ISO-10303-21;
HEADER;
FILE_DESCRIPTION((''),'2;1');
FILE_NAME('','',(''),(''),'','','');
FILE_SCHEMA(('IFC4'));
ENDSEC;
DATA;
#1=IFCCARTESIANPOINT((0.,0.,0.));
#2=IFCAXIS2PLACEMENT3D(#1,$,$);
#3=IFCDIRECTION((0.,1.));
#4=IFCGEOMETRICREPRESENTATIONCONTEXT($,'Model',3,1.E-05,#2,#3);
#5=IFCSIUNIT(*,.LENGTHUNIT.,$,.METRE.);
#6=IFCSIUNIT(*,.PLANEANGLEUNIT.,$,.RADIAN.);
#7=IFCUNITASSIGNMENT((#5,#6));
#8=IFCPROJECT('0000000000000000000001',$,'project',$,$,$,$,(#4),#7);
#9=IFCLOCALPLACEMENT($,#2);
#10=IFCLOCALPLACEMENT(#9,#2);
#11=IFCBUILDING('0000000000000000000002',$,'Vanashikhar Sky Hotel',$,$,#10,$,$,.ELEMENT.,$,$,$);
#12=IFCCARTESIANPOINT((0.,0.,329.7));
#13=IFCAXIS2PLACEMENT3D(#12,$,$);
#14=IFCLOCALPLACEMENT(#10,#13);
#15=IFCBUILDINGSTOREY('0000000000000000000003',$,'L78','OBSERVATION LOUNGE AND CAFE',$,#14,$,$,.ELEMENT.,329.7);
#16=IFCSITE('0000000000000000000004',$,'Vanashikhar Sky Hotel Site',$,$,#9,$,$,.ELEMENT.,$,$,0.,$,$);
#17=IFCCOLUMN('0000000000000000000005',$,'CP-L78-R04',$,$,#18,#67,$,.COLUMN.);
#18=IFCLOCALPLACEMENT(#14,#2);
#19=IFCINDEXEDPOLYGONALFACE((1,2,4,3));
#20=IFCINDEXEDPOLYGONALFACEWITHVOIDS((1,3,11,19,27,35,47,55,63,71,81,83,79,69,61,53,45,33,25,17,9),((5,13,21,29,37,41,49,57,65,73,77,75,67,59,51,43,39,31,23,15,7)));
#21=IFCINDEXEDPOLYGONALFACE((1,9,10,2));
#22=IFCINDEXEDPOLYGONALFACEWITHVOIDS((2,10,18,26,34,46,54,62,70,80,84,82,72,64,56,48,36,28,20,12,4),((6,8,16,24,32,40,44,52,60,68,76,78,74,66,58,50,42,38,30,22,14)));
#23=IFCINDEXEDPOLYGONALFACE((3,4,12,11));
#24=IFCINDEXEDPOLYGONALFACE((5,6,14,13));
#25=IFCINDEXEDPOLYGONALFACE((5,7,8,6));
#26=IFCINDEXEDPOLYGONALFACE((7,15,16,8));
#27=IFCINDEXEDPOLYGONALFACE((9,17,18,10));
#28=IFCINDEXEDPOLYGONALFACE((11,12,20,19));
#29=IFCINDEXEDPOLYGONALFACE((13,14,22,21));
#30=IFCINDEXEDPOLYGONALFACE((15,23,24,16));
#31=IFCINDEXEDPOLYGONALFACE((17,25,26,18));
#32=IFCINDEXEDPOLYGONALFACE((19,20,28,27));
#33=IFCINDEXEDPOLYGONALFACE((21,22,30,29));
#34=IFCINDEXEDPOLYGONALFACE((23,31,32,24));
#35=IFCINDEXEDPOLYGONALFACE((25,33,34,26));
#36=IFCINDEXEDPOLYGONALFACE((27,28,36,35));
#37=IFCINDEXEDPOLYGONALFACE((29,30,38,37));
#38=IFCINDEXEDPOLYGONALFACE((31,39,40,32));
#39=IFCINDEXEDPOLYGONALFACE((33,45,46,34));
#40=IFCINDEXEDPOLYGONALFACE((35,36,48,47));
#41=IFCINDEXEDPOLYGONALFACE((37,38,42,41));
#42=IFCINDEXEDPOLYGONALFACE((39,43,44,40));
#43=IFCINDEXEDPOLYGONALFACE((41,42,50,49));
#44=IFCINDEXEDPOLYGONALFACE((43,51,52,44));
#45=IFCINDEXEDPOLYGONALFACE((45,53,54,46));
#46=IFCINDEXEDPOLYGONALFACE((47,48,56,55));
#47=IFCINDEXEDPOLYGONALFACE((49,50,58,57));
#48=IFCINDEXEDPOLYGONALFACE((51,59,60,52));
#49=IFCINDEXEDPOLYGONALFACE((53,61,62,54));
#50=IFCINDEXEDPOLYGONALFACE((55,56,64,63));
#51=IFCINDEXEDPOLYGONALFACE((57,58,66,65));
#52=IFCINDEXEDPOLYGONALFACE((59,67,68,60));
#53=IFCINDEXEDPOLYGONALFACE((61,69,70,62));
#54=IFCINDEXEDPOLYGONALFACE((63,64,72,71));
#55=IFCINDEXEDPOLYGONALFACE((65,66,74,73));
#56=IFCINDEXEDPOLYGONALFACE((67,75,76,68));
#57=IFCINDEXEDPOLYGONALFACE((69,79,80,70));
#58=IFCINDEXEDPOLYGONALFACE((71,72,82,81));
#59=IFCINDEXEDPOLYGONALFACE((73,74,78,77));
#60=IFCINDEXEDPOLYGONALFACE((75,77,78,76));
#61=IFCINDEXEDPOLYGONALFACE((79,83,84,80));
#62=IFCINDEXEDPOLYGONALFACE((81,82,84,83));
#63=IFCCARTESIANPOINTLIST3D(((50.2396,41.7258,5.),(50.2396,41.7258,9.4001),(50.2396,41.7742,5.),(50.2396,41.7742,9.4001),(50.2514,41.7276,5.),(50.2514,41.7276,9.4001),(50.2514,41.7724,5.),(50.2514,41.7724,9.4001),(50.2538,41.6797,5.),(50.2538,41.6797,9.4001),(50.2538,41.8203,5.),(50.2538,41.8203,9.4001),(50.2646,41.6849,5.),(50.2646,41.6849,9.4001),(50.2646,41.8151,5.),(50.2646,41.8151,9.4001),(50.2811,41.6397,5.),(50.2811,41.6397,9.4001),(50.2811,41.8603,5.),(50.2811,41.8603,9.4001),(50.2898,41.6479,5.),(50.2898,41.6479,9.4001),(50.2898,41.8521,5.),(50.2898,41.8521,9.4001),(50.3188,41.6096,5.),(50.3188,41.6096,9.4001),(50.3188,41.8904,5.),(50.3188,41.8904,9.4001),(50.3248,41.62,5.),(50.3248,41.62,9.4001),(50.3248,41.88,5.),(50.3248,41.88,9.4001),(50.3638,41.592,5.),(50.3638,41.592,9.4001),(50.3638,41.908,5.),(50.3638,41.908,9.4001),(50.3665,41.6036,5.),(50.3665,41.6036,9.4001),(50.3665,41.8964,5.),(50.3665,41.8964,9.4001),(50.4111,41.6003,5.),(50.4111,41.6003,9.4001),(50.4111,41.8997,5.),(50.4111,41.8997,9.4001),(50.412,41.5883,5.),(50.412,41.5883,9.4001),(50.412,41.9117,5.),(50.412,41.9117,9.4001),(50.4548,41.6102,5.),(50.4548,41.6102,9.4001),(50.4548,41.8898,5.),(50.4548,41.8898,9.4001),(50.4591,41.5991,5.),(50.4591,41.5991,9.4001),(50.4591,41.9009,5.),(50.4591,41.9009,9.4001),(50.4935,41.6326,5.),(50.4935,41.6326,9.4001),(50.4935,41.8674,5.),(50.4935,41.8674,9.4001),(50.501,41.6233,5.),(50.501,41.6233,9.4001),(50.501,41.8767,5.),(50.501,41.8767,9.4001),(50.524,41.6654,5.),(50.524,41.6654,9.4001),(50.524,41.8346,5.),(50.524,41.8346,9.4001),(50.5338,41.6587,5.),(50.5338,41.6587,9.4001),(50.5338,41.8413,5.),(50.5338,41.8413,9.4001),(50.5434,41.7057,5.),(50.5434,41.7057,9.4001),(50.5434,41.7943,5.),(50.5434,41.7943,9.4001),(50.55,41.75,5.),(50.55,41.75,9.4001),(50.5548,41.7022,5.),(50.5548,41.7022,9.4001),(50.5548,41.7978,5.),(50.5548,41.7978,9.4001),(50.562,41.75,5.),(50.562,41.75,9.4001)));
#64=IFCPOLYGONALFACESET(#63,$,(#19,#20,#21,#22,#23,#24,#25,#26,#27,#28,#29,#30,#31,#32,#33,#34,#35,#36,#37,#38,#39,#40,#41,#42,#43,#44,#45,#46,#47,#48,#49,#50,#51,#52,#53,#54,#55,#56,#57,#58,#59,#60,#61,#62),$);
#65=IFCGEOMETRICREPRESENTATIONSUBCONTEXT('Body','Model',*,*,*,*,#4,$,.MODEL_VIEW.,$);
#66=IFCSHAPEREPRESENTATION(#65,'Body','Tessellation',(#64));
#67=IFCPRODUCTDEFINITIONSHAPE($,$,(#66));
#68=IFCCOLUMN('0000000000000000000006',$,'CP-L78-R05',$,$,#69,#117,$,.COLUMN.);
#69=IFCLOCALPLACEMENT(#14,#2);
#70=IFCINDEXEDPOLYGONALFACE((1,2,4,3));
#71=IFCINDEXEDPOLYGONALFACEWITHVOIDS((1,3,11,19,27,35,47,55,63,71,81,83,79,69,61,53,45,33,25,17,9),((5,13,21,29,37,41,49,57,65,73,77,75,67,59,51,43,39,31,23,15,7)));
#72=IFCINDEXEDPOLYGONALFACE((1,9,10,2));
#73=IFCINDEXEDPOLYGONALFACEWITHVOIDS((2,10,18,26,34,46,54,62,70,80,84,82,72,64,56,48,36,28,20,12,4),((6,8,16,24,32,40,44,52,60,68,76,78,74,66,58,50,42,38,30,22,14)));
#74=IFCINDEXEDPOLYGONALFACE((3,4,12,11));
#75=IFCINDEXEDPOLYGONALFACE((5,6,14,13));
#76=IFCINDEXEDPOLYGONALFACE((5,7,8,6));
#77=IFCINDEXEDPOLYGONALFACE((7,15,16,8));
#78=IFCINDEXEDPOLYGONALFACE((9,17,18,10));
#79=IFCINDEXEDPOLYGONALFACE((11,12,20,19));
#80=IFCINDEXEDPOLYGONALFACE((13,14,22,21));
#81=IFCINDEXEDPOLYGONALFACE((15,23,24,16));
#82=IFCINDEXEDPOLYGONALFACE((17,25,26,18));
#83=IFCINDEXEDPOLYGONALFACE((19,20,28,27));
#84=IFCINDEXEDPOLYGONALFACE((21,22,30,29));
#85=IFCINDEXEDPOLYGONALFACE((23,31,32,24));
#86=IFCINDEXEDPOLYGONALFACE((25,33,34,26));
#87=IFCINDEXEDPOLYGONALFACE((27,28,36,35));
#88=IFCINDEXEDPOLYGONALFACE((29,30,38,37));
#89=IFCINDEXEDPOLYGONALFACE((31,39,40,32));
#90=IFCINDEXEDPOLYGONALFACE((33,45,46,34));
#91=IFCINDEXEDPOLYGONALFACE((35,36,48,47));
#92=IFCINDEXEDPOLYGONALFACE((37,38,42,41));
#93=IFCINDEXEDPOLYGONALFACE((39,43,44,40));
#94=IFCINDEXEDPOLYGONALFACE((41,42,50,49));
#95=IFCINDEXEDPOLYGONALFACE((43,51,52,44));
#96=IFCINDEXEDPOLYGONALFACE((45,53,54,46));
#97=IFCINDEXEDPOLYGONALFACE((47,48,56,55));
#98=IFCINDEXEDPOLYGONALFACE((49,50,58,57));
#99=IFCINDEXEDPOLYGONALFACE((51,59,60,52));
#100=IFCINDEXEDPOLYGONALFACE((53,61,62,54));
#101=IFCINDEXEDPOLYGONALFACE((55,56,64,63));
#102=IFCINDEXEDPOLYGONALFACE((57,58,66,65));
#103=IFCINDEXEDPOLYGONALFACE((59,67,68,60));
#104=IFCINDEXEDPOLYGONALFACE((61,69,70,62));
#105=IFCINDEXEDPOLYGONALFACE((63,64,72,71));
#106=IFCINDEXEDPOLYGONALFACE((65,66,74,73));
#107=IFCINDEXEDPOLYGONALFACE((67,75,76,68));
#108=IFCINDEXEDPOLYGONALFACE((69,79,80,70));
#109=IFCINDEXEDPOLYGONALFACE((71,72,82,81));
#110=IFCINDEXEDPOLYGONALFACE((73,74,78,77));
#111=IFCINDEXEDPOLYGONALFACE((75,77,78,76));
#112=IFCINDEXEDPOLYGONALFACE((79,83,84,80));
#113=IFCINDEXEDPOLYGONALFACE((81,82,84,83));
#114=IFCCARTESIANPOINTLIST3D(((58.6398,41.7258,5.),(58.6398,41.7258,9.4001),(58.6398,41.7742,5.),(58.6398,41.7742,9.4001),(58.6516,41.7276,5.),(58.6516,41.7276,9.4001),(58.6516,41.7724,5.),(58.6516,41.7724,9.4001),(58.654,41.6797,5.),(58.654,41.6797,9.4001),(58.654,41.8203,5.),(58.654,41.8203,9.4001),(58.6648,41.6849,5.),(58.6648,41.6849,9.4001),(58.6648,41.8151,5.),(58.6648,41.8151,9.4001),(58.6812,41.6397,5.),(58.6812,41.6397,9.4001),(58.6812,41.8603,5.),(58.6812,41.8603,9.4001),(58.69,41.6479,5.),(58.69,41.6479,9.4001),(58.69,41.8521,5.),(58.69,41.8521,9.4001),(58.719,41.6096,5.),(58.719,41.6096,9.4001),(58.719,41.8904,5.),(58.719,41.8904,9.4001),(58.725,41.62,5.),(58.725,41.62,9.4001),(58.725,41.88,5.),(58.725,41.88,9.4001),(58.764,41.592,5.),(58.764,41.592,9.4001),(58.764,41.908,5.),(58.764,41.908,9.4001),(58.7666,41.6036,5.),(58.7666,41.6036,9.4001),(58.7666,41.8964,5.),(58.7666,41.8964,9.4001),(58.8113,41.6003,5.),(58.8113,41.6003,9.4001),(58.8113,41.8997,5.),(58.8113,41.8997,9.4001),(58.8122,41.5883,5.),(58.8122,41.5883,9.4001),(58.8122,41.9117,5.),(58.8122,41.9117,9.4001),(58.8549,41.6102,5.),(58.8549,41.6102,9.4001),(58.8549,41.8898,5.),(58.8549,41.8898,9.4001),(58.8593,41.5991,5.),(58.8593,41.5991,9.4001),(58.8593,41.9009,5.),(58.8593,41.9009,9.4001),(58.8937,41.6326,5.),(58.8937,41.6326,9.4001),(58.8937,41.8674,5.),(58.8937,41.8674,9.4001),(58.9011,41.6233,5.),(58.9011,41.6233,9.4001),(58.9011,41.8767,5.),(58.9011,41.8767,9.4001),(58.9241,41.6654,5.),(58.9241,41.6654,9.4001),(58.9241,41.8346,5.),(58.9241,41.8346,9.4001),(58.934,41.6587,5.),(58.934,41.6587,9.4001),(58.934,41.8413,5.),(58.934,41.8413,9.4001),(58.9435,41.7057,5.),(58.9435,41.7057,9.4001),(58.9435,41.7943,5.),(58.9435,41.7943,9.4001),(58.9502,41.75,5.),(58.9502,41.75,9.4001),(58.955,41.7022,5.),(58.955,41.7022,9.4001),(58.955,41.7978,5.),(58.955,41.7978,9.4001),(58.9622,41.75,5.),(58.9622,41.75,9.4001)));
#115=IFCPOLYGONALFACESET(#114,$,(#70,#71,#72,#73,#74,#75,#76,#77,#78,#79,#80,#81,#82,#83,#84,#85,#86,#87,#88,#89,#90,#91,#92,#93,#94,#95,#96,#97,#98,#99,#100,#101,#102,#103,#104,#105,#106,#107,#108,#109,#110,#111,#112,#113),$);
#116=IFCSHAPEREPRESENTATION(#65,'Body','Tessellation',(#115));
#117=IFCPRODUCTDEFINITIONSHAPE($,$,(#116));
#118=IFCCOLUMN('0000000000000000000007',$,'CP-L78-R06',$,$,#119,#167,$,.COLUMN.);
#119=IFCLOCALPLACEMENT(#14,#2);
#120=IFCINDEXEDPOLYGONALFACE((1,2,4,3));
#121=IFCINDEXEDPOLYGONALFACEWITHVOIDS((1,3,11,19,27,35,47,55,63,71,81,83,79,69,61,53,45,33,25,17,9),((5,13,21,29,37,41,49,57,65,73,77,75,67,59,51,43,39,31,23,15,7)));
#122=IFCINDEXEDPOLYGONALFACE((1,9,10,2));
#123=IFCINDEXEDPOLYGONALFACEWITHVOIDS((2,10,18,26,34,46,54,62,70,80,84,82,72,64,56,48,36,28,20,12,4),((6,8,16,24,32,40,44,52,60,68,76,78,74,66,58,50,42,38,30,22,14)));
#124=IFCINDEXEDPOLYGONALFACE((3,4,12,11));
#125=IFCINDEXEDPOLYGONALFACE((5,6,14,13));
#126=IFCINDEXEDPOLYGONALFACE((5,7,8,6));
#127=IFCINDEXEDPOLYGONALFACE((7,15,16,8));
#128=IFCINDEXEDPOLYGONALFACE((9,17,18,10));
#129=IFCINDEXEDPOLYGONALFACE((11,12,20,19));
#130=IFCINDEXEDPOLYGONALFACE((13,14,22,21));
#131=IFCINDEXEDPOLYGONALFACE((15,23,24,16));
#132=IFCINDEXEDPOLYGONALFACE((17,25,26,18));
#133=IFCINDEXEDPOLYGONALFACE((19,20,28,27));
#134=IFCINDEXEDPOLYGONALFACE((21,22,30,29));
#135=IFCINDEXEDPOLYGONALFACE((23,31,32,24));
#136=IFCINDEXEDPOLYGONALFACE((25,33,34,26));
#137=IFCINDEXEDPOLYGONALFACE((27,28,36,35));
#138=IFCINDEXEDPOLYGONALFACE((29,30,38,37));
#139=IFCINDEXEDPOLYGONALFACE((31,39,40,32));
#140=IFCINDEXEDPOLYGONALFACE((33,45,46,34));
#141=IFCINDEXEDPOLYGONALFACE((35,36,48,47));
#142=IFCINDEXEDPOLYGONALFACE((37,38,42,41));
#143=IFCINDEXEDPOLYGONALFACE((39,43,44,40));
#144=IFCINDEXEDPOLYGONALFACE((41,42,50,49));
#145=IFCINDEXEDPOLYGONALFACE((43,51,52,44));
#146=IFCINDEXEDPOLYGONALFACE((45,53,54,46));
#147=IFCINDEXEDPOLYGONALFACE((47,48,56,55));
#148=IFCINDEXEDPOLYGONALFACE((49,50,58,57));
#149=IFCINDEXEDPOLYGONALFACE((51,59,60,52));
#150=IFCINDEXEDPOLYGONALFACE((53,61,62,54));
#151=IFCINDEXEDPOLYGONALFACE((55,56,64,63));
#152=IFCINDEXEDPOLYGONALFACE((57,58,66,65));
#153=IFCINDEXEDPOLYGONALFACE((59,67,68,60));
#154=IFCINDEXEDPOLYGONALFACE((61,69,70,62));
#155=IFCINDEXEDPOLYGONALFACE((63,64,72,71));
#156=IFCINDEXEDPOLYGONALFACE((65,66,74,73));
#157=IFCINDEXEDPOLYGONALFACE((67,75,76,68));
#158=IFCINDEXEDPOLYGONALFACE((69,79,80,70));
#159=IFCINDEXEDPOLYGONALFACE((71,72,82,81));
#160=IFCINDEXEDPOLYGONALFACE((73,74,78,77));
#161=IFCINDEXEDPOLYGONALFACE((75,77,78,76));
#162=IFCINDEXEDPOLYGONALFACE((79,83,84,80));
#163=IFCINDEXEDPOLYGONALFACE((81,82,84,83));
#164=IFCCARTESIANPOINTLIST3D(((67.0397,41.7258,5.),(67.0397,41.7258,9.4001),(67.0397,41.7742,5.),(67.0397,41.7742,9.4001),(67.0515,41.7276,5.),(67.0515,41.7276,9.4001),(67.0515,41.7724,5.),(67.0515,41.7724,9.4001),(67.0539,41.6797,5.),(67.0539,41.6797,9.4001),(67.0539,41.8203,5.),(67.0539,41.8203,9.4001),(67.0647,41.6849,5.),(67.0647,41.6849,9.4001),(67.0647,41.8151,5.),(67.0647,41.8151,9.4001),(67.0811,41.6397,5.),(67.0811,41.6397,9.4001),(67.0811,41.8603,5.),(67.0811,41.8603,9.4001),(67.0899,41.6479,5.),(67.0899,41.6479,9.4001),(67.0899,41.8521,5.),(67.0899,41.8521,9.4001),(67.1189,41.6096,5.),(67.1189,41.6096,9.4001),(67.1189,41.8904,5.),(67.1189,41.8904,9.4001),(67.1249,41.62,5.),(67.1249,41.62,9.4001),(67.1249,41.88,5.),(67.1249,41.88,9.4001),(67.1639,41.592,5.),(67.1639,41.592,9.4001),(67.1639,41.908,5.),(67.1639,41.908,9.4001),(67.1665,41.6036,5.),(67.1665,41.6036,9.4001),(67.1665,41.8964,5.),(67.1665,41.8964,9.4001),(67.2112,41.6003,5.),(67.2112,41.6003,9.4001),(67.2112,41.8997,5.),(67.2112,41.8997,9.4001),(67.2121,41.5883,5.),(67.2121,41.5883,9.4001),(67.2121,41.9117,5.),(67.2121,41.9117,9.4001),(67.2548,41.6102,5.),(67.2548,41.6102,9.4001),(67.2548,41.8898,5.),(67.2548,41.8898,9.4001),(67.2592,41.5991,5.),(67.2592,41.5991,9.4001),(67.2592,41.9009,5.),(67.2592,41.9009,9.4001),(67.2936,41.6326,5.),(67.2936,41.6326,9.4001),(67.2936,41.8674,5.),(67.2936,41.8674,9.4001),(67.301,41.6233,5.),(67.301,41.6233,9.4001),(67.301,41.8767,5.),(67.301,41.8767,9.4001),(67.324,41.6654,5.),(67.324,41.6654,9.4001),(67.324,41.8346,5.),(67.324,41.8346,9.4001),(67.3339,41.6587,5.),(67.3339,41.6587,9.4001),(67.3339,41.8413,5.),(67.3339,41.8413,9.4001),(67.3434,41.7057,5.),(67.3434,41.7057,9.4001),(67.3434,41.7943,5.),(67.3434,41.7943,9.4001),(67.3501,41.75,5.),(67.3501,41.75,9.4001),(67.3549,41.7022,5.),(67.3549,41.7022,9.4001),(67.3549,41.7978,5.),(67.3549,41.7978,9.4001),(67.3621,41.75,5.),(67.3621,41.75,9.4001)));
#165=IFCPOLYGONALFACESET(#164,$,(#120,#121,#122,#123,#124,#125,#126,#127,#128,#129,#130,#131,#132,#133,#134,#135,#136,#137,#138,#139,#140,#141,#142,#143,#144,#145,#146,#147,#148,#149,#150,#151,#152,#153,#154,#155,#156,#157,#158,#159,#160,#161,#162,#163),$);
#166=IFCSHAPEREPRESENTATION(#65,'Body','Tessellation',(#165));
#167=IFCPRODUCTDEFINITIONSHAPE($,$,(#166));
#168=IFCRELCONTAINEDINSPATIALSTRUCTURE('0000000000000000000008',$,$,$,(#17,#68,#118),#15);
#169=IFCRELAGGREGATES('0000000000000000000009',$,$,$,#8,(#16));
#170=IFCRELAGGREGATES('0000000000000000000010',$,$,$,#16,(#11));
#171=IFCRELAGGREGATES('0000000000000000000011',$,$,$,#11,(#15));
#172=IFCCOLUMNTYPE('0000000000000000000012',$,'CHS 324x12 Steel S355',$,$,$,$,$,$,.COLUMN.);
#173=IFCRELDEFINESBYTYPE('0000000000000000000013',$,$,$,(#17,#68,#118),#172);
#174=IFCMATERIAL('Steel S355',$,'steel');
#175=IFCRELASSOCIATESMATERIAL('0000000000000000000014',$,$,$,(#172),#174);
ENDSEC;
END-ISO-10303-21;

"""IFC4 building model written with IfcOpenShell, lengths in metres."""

from ifc_helpers import new_model, si_unit, direction, frame, origin, origin_2d, place, context, subcontext, project, spatial, hollow_circle, extrude, source, transform, mapped, material, material_profile, profile_set, type_object, element, save


model = new_model("IFC4")

# Units and contexts
model_context = context("Model", 3, precision=1e-05, world=origin(), true_north=direction((0.0, 1.0)))
body_context = subcontext(model_context, "Body", "Model", "MODEL_VIEW")
ifc_project = project(units=[si_unit("LENGTHUNIT", "METRE"), si_unit("PLANEANGLEUNIT", "RADIAN")], contexts=[model_context])

# Site, building, storey
site_placement = place(None, origin())
site = spatial("IfcSite", under=ifc_project, at=site_placement, Name="Vanashikhar Sky Hotel Site", CompositionType="ELEMENT", RefElevation=0.0)
building_placement = place(site_placement, origin())
building = spatial("IfcBuilding", under=site, at=building_placement, Name="Vanashikhar Sky Hotel", CompositionType="ELEMENT")
storey_placement = place(building_placement, frame((0.0, 0.0, 329.7)))
storey = spatial("IfcBuildingStorey", under=building, at=storey_placement, Name="L78", Description="OBSERVATION LOUNGE AND CAFE", CompositionType="ELEMENT", Elevation=329.7)

# Columns
ifc_material_1 = material(Name="Steel S355", Category="steel")
ifc_material_profile_1 = material_profile(ifc_material_1, hollow_circle(Radius=0.1621, WallThickness=0.012, at=origin_2d()))
ifc_profile_set_1 = profile_set([ifc_material_profile_1], Name="CHS 324x12 Steel S355")
column_type = type_object("IfcColumnType", Name="CHS 324x12 Steel S355", PredefinedType="COLUMN", material=ifc_profile_set_1)
shared_shape_1 = source(origin(), body_context, "Body", "SweptSolid", [
    extrude(hollow_circle(Radius=0.1621, WallThickness=0.012, at=origin_2d()), origin(), (0.0, 0.0, 1.0), 4.4001),
])
for number, where, z_axis, x_axis, name in (
    (1, (50.3999, 41.75, 5.0), (0.0, 0.0, 1.0), (1.0, 0.0, 0.0), "CP-L78-R04"),
    (2, (58.8, 41.75, 5.0), (0.0, 0.0, 1.0), (1.0, 0.0, 0.0), "CP-L78-R05"),
    (3, (67.2, 41.75, 5.0), (0.0, 0.0, 1.0), (1.0, 0.0, 0.0), "CP-L78-R06"),
):
    element("IfcColumn", number, at=place(storey_placement, frame(where, z_axis=z_axis, x_axis=x_axis)), inside=storey, type_object=column_type, Name=name, PredefinedType="COLUMN", context=body_context, shape_type="MappedRepresentation", body=[
        mapped(shared_shape_1, transform((0.0, 0.0, 0.0), scale=1.0)),
    ])

save(model, "model.ifc")
